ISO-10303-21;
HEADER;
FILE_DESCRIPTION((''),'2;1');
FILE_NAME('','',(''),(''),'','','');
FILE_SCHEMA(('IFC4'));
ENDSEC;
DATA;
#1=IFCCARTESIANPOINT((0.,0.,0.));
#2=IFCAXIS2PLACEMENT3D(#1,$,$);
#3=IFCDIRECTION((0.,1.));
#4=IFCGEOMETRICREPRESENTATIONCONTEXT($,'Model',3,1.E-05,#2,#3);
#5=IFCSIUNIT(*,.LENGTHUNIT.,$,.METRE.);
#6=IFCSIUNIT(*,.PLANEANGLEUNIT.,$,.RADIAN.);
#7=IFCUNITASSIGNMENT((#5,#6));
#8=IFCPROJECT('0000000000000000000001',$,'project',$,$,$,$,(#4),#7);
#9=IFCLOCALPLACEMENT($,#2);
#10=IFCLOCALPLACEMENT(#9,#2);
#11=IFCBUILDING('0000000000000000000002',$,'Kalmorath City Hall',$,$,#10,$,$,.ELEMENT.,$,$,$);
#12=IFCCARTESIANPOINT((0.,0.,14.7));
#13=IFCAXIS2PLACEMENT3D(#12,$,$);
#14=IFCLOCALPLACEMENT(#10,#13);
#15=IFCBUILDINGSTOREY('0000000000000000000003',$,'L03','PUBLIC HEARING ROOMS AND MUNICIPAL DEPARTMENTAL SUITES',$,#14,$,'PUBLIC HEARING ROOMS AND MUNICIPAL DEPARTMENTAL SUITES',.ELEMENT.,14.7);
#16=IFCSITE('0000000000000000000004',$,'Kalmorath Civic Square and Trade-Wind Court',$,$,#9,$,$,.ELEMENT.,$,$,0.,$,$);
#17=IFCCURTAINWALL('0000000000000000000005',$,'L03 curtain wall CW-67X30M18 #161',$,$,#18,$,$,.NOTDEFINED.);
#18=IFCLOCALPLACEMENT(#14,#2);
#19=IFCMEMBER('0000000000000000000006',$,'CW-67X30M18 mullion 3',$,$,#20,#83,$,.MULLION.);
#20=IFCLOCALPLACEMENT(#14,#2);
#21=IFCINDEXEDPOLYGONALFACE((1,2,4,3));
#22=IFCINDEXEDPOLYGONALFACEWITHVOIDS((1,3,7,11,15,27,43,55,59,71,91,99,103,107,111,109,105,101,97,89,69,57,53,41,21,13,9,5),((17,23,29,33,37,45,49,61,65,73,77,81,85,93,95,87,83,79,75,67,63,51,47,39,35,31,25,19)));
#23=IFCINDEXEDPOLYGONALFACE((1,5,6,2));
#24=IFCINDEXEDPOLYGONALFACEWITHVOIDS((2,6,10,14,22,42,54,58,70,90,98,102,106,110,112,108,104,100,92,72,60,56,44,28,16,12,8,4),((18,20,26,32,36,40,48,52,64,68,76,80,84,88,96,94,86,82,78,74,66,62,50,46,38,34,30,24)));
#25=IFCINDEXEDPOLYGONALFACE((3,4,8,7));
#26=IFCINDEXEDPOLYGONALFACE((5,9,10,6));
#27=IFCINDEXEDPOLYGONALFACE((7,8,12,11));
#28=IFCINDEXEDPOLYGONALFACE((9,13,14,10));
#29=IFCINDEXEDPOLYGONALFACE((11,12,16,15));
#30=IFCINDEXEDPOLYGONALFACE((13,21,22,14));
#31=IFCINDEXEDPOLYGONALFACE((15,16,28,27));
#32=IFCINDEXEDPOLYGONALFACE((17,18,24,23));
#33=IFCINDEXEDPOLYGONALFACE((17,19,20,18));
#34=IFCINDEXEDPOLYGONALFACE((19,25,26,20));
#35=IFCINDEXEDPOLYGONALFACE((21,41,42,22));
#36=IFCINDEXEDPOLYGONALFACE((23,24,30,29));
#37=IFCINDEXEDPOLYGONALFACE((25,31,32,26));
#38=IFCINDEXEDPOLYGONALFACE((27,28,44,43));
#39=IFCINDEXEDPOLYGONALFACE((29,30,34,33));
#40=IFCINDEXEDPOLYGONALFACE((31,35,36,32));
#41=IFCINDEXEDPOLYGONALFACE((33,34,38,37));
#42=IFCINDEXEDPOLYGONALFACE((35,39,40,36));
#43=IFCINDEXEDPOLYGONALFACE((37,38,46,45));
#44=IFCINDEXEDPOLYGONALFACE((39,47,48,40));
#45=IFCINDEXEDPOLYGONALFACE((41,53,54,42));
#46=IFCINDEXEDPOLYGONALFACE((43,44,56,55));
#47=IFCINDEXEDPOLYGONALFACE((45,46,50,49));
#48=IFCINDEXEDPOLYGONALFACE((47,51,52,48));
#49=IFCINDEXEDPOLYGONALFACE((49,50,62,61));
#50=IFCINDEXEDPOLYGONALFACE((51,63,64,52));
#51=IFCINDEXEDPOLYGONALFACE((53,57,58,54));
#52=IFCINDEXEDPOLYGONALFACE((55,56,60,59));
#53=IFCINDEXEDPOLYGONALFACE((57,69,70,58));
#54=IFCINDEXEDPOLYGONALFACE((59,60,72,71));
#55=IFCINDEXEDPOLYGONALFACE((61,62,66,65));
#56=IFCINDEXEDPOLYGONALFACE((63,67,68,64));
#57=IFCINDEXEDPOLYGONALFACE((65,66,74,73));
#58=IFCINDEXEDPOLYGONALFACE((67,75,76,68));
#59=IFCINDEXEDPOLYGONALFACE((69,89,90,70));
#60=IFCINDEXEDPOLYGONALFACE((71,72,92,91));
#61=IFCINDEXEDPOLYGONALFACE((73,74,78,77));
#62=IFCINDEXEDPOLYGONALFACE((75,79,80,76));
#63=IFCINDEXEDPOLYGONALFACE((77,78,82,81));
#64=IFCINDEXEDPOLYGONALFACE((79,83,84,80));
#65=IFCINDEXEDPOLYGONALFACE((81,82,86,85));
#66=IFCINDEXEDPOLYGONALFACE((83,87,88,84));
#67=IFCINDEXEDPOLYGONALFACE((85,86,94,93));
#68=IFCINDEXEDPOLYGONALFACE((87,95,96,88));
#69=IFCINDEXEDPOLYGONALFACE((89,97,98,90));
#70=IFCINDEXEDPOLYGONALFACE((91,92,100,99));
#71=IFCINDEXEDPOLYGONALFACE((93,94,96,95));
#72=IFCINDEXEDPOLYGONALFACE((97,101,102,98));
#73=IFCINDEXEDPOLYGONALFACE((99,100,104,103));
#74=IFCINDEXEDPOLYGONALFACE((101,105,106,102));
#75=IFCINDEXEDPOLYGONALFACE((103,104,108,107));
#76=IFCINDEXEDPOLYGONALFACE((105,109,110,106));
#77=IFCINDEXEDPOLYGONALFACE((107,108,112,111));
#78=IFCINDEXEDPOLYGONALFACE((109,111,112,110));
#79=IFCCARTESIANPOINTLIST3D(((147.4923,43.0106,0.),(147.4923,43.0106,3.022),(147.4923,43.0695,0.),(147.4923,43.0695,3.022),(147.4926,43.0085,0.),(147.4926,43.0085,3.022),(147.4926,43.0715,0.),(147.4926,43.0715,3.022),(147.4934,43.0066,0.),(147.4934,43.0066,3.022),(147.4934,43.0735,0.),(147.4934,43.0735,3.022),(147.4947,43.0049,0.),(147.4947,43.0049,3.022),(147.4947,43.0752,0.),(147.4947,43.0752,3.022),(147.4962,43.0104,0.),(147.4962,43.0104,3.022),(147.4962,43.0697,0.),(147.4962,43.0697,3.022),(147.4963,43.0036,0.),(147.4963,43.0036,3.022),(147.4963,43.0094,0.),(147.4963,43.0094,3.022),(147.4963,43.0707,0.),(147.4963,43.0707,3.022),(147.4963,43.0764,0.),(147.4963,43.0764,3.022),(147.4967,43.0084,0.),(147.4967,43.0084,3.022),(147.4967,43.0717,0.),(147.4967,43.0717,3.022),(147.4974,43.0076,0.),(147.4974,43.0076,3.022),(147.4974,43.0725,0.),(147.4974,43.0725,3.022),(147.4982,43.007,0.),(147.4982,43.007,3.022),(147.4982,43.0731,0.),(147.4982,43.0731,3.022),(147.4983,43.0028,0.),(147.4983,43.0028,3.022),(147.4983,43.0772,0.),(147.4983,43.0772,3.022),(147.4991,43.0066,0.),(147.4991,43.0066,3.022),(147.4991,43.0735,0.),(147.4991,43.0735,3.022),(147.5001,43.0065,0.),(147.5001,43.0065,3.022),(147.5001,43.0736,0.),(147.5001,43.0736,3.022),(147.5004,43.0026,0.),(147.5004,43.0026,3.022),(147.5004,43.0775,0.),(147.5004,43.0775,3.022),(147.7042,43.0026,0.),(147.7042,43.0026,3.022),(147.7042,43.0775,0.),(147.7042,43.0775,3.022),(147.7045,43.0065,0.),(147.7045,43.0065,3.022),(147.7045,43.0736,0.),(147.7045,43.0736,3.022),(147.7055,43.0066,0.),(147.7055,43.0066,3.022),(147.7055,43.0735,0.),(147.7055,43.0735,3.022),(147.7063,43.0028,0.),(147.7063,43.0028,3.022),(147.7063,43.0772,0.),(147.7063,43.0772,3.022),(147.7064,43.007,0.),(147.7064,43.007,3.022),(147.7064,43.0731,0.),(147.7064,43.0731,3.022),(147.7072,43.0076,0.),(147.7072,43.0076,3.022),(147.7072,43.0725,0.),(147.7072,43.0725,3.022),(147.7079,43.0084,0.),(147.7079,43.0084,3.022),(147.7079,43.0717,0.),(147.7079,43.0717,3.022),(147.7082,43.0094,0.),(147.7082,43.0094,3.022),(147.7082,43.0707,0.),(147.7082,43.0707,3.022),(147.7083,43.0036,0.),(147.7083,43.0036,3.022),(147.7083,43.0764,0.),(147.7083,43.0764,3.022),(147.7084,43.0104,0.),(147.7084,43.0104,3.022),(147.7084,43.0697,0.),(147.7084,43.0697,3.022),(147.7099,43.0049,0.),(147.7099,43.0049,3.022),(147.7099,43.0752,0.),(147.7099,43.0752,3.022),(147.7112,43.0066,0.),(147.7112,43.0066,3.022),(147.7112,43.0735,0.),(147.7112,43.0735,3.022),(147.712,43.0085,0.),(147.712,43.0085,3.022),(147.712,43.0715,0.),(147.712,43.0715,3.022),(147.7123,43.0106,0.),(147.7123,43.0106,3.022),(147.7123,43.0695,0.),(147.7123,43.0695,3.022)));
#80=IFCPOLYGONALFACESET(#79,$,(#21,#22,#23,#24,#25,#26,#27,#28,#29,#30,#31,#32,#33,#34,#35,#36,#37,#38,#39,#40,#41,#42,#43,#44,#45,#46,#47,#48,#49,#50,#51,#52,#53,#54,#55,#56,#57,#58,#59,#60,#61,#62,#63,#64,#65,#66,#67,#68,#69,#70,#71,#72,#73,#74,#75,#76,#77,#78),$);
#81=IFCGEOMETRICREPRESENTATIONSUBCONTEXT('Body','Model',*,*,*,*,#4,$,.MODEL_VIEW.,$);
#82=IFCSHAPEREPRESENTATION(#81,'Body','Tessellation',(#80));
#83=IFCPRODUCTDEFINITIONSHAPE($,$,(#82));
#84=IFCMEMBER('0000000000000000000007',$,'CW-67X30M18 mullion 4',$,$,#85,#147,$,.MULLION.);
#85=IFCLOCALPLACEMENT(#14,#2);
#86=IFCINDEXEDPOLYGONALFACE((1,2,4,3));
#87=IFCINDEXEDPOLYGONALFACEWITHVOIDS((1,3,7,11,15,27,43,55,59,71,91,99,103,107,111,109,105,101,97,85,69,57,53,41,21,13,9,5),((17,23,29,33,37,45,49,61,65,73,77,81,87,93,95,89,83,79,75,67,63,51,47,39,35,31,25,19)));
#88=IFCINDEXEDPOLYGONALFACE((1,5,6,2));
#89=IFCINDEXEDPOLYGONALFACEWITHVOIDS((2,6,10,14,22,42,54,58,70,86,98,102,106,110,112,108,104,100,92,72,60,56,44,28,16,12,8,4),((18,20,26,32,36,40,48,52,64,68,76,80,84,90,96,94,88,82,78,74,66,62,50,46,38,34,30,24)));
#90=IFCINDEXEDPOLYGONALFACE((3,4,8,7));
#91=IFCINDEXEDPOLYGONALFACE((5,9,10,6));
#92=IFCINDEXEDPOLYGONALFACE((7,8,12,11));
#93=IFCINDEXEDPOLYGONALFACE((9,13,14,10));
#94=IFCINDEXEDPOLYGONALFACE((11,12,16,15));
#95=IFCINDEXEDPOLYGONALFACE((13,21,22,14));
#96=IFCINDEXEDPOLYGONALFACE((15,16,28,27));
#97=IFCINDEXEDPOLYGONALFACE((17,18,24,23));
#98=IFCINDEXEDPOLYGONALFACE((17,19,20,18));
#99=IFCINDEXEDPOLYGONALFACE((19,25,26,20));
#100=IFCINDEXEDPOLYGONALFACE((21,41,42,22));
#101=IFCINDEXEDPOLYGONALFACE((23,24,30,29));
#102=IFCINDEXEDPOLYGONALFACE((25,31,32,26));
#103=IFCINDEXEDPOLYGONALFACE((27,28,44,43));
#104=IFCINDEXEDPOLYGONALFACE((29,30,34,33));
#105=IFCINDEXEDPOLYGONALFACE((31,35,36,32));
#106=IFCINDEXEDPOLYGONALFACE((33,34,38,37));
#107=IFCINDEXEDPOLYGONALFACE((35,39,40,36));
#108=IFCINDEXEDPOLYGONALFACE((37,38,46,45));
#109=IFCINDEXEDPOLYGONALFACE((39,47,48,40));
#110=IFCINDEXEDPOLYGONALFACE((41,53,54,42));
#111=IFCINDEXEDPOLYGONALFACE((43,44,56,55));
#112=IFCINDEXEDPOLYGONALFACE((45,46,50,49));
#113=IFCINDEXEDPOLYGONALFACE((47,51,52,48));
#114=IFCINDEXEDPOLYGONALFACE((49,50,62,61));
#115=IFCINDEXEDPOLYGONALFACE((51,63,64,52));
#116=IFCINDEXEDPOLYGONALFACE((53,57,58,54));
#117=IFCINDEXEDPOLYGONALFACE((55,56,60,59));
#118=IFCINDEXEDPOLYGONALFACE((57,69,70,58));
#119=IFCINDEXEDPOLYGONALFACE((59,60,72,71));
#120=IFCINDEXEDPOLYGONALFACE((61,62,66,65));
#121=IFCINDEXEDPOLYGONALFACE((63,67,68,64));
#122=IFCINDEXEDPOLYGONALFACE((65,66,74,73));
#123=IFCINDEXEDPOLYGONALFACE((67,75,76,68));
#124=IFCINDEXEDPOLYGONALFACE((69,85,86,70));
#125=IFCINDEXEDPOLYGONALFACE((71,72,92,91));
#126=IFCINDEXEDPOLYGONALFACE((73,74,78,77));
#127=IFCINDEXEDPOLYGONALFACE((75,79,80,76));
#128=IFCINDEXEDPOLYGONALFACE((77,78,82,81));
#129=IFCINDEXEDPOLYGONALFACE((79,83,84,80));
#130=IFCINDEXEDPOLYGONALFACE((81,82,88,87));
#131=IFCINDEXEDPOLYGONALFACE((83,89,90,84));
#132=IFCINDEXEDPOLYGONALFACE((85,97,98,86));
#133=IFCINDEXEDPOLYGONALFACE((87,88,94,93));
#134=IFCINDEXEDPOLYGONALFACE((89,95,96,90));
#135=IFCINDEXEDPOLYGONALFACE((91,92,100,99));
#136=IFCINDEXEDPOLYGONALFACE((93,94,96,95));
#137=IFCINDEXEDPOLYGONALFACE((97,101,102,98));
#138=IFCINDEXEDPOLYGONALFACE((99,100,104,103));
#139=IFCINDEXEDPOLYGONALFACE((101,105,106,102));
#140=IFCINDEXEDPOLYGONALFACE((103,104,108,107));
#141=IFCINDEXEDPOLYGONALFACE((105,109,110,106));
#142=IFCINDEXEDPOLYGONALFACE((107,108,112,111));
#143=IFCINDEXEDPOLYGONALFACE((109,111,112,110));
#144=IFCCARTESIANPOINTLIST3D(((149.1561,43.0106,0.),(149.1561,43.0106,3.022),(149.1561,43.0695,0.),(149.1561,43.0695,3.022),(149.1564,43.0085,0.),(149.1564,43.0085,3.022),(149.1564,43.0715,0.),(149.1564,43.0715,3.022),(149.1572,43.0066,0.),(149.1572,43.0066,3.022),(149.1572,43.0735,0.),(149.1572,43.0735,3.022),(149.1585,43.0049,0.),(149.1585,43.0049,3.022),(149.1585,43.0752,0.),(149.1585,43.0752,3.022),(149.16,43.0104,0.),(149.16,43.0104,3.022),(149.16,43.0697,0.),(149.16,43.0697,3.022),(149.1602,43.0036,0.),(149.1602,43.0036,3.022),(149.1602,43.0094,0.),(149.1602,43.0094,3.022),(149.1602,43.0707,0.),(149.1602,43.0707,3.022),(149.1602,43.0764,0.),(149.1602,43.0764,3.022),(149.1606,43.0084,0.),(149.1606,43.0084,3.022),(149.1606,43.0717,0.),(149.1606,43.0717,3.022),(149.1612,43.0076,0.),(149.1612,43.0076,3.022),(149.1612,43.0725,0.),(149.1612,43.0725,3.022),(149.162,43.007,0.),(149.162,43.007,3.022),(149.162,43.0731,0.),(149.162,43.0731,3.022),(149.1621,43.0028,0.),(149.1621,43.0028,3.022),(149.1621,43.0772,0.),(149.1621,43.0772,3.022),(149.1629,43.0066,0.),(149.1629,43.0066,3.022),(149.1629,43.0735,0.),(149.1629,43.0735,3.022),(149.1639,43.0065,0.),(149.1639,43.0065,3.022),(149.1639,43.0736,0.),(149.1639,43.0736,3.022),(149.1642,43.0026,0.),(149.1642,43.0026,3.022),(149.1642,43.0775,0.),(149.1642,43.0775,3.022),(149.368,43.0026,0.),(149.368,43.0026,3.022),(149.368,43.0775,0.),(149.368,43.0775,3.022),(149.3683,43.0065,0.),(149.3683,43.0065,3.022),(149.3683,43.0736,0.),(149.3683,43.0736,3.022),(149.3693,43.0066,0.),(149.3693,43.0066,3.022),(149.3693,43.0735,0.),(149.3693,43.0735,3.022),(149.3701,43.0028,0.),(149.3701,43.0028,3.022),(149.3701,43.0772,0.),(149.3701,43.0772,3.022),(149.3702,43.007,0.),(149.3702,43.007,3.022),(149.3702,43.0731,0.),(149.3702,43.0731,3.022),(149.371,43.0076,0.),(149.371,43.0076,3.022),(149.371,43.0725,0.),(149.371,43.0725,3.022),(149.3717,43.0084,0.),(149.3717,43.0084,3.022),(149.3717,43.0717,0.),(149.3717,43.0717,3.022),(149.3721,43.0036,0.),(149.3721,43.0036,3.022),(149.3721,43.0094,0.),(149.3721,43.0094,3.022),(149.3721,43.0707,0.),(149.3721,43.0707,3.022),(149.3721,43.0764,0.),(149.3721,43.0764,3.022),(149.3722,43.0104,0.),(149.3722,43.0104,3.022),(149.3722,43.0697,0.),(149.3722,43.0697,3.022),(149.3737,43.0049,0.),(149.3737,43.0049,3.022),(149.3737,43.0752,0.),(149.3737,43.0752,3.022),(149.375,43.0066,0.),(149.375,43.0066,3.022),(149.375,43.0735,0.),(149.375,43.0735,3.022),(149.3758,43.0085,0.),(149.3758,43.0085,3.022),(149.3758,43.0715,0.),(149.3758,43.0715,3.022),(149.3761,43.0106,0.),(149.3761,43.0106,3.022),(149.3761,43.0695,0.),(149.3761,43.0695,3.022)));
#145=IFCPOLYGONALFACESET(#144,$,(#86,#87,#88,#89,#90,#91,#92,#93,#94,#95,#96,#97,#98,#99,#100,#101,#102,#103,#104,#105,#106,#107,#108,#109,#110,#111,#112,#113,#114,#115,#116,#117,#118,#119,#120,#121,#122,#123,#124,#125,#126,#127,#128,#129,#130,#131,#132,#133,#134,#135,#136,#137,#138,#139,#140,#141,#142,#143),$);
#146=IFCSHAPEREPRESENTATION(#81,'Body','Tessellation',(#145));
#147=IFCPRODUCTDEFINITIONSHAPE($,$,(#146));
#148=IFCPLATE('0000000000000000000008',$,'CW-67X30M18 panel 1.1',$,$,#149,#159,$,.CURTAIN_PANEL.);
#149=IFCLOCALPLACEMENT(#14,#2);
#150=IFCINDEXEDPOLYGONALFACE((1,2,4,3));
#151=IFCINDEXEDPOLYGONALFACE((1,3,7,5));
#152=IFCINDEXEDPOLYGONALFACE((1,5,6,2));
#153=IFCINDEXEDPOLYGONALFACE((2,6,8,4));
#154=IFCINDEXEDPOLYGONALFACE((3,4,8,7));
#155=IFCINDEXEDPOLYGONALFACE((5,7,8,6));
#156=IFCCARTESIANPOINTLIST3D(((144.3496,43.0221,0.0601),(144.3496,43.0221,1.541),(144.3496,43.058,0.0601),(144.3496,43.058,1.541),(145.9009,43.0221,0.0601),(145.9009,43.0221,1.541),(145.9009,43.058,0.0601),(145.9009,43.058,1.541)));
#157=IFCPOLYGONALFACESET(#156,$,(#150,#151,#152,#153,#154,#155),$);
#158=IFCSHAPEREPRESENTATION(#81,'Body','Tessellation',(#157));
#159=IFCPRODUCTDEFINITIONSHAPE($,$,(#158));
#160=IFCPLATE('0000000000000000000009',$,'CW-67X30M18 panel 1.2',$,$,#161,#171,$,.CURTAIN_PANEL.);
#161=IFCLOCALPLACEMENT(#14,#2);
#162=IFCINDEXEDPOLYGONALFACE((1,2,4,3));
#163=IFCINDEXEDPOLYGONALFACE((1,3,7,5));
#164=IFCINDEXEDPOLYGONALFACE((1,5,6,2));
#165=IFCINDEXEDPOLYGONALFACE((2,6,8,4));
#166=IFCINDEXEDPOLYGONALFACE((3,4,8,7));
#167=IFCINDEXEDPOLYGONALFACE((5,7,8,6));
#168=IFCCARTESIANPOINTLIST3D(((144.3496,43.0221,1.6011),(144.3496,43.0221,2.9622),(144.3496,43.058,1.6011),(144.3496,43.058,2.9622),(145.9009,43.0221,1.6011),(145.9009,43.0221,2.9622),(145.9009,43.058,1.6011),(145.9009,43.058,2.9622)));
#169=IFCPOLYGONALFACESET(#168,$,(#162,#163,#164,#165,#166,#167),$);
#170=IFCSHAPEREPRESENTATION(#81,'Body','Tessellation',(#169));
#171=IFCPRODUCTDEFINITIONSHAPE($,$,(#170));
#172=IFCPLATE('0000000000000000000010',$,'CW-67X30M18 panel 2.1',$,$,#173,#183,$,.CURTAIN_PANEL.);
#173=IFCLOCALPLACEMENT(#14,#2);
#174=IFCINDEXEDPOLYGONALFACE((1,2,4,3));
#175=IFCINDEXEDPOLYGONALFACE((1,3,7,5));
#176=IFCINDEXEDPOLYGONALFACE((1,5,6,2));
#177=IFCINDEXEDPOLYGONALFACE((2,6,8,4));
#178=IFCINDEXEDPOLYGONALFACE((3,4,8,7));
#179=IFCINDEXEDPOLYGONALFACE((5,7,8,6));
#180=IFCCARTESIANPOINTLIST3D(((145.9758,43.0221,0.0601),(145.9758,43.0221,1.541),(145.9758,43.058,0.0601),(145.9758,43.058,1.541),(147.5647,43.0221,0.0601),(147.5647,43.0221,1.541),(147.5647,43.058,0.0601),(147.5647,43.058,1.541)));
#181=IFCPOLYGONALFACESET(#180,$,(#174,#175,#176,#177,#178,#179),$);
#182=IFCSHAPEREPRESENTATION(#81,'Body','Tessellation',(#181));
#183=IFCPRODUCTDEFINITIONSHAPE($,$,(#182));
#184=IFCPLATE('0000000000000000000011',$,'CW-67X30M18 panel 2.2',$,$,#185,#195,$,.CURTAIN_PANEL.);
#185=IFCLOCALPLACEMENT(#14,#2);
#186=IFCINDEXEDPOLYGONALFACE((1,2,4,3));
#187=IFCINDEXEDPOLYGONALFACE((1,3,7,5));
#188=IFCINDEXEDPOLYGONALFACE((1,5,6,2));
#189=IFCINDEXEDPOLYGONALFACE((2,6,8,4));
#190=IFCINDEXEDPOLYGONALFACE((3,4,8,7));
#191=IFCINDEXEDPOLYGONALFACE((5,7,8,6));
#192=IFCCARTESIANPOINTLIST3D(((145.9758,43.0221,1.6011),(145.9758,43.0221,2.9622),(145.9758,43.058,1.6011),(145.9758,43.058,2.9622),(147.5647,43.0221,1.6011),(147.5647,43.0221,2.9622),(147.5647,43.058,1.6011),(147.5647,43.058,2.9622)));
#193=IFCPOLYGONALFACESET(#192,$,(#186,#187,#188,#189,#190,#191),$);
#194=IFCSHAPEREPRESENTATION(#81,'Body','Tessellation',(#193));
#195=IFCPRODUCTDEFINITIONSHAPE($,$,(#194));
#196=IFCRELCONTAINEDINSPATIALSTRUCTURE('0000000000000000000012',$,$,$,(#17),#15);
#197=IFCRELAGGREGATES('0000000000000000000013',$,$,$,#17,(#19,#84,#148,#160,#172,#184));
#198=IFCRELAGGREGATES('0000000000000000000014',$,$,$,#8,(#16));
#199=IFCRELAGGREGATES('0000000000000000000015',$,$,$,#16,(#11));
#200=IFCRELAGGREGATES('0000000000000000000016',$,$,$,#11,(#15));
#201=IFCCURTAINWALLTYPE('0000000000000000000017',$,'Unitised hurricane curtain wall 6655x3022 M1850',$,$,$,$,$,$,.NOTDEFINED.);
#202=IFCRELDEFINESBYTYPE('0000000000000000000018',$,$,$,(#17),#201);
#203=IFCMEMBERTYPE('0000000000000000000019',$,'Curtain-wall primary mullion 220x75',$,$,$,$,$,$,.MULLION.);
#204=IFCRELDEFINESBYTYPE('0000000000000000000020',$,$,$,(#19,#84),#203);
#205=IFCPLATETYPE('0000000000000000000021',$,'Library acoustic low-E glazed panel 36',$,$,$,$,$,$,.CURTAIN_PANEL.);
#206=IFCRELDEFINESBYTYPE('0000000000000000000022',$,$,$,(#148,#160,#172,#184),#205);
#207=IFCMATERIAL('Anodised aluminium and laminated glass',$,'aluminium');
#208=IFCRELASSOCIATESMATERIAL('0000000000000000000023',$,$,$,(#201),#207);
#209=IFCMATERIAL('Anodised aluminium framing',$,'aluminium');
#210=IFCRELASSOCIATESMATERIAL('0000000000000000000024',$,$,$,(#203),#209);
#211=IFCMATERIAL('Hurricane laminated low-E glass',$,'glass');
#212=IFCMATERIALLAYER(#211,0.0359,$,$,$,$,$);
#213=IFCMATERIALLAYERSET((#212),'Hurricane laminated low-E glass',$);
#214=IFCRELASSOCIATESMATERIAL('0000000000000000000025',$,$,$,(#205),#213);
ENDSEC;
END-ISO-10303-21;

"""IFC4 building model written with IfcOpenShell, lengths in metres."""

from ifc_helpers import new_model, si_unit, direction, frame, origin, origin_2d, place, context, subcontext, project, spatial, rectangle, hollow_rectangle, extrude, material, layer, layer_set, material_profile, profile_set, type_object, element, aggregate, save


model = new_model("IFC4")

# Units and contexts
model_context = context("Model", 3, precision=1e-05, world=origin(), true_north=direction((0.0, 1.0)))
body_context = subcontext(model_context, "Body", "Model", "MODEL_VIEW")
ifc_project = project(units=[si_unit("LENGTHUNIT", "METRE"), si_unit("PLANEANGLEUNIT", "RADIAN")], contexts=[model_context])

# Site, building, storey
site_placement = place(None, origin())
site = spatial("IfcSite", under=ifc_project, at=site_placement, Name="Kalmorath Civic Square and Trade-Wind Court", CompositionType="ELEMENT", RefElevation=0.0)
building_placement = place(site_placement, origin())
building = spatial("IfcBuilding", under=site, at=building_placement, Name="Kalmorath City Hall", CompositionType="ELEMENT")
storey_placement = place(building_placement, frame((0.0, 0.0, 14.7)))
storey = spatial("IfcBuildingStorey", under=building, at=storey_placement, Name="L03", Description="PUBLIC HEARING ROOMS AND MUNICIPAL DEPARTMENTAL SUITES", LongName="PUBLIC HEARING ROOMS AND MUNICIPAL DEPARTMENTAL SUITES", CompositionType="ELEMENT", Elevation=14.7)

# Curtain wall, members, plates
ifc_material_1 = material(Name="Anodised aluminium and laminated glass", Category="aluminium")
curtain_wall_type = type_object("IfcCurtainWallType", Name="Unitised hurricane curtain wall 6655x3022 M1850", PredefinedType="NOTDEFINED", material=ifc_material_1)
curtain_wall_placement = place(storey_placement, origin())
curtain_wall = element("IfcCurtainWall", 1, at=curtain_wall_placement, inside=storey, type_object=curtain_wall_type, Name="L03 curtain wall CW-67X30M18 #161", PredefinedType="NOTDEFINED")
ifc_material_2 = material(Name="Anodised aluminium framing", Category="aluminium")
ifc_material_profile_1 = material_profile(ifc_material_2, hollow_rectangle(XDim=0.075, YDim=0.22, WallThickness=0.0039, InnerFilletRadius=0.0039, OuterFilletRadius=0.0081, at=origin_2d()), Name="ALU-MUL-220X75X4")
ifc_profile_set_1 = profile_set([ifc_material_profile_1], Name="Anodised aluminium framing")
member_type_1 = type_object("IfcMemberType", Name="Curtain-wall primary mullion 220x75", PredefinedType="MULLION", material=ifc_profile_set_1)
member_1_placement = place(storey_placement, frame((147.6023, 43.04, 0.0), z_axis=(0.0, 0.0, 1.0), x_axis=(0.0, 1.0, 0.0)))
member_1 = element("IfcMember", 2, at=member_1_placement, type_object=member_type_1, Name="CW-67X30M18 mullion 3", PredefinedType="MULLION", context=body_context, shape_type="SweptSolid", body=[
    extrude(hollow_rectangle(XDim=0.075, YDim=0.22, WallThickness=0.0039, InnerFilletRadius=0.0039, OuterFilletRadius=0.0081, at=origin_2d()), origin(), (0.0, 0.0, 1.0), 3.022),
])
member_2_placement = place(storey_placement, frame((149.2661, 43.04, 0.0), z_axis=(0.0, 0.0, 1.0), x_axis=(0.0, 1.0, 0.0)))
member_2 = element("IfcMember", 3, at=member_2_placement, type_object=member_type_1, Name="CW-67X30M18 mullion 4", PredefinedType="MULLION", context=body_context, shape_type="SweptSolid", body=[
    extrude(hollow_rectangle(XDim=0.075, YDim=0.22, WallThickness=0.0039, InnerFilletRadius=0.0039, OuterFilletRadius=0.0081, at=origin_2d()), origin(), (0.0, 0.0, 1.0), 3.022),
])
ifc_material_3 = material(Name="Hurricane laminated low-E glass", Category="glass")
ifc_layer_1 = layer(ifc_material_3, 0.0359)
ifc_layer_set_1 = layer_set([ifc_layer_1], Name="Hurricane laminated low-E glass")
plate_type = type_object("IfcPlateType", Name="Library acoustic low-E glazed panel 36", PredefinedType="CURTAIN_PANEL", material=ifc_layer_set_1)
plate_1_placement = place(storey_placement, frame((145.1252, 43.04, 0.0601), z_axis=(0.0, 0.0, 1.0), x_axis=(1.0, 0.0, 0.0)))
plate_1 = element("IfcPlate", 4, at=plate_1_placement, type_object=plate_type, Name="CW-67X30M18 panel 1.1", PredefinedType="CURTAIN_PANEL", context=body_context, shape_type="SweptSolid", body=[
    extrude(rectangle(XDim=1.5513, YDim=0.0359, at=origin_2d()), origin(), (0.0, 0.0, 1.0), 1.481),
])
plate_2_placement = place(storey_placement, frame((145.1252, 43.04, 1.6011), z_axis=(0.0, 0.0, 1.0), x_axis=(1.0, 0.0, 0.0)))
plate_2 = element("IfcPlate", 5, at=plate_2_placement, type_object=plate_type, Name="CW-67X30M18 panel 1.2", PredefinedType="CURTAIN_PANEL", context=body_context, shape_type="SweptSolid", body=[
    extrude(rectangle(XDim=1.5513, YDim=0.0359, at=origin_2d()), origin(), (0.0, 0.0, 1.0), 1.3611),
])
plate_3_placement = place(storey_placement, frame((146.7703, 43.04, 0.0601), z_axis=(0.0, 0.0, 1.0), x_axis=(1.0, 0.0, 0.0)))
plate_3 = element("IfcPlate", 6, at=plate_3_placement, type_object=plate_type, Name="CW-67X30M18 panel 2.1", PredefinedType="CURTAIN_PANEL", context=body_context, shape_type="SweptSolid", body=[
    extrude(rectangle(XDim=1.5889, YDim=0.0359, at=origin_2d()), origin(), (0.0, 0.0, 1.0), 1.481),
])
plate_4_placement = place(storey_placement, frame((146.7703, 43.04, 1.6011), z_axis=(0.0, 0.0, 1.0), x_axis=(1.0, 0.0, 0.0)))
plate_4 = element("IfcPlate", 7, at=plate_4_placement, type_object=plate_type, Name="CW-67X30M18 panel 2.2", PredefinedType="CURTAIN_PANEL", context=body_context, shape_type="SweptSolid", body=[
    extrude(rectangle(XDim=1.5889, YDim=0.0359, at=origin_2d()), origin(), (0.0, 0.0, 1.0), 1.3611),
])
aggregate(curtain_wall, [member_1, member_2, plate_1, plate_2, plate_3, plate_4])

save(model, "model.ifc")
